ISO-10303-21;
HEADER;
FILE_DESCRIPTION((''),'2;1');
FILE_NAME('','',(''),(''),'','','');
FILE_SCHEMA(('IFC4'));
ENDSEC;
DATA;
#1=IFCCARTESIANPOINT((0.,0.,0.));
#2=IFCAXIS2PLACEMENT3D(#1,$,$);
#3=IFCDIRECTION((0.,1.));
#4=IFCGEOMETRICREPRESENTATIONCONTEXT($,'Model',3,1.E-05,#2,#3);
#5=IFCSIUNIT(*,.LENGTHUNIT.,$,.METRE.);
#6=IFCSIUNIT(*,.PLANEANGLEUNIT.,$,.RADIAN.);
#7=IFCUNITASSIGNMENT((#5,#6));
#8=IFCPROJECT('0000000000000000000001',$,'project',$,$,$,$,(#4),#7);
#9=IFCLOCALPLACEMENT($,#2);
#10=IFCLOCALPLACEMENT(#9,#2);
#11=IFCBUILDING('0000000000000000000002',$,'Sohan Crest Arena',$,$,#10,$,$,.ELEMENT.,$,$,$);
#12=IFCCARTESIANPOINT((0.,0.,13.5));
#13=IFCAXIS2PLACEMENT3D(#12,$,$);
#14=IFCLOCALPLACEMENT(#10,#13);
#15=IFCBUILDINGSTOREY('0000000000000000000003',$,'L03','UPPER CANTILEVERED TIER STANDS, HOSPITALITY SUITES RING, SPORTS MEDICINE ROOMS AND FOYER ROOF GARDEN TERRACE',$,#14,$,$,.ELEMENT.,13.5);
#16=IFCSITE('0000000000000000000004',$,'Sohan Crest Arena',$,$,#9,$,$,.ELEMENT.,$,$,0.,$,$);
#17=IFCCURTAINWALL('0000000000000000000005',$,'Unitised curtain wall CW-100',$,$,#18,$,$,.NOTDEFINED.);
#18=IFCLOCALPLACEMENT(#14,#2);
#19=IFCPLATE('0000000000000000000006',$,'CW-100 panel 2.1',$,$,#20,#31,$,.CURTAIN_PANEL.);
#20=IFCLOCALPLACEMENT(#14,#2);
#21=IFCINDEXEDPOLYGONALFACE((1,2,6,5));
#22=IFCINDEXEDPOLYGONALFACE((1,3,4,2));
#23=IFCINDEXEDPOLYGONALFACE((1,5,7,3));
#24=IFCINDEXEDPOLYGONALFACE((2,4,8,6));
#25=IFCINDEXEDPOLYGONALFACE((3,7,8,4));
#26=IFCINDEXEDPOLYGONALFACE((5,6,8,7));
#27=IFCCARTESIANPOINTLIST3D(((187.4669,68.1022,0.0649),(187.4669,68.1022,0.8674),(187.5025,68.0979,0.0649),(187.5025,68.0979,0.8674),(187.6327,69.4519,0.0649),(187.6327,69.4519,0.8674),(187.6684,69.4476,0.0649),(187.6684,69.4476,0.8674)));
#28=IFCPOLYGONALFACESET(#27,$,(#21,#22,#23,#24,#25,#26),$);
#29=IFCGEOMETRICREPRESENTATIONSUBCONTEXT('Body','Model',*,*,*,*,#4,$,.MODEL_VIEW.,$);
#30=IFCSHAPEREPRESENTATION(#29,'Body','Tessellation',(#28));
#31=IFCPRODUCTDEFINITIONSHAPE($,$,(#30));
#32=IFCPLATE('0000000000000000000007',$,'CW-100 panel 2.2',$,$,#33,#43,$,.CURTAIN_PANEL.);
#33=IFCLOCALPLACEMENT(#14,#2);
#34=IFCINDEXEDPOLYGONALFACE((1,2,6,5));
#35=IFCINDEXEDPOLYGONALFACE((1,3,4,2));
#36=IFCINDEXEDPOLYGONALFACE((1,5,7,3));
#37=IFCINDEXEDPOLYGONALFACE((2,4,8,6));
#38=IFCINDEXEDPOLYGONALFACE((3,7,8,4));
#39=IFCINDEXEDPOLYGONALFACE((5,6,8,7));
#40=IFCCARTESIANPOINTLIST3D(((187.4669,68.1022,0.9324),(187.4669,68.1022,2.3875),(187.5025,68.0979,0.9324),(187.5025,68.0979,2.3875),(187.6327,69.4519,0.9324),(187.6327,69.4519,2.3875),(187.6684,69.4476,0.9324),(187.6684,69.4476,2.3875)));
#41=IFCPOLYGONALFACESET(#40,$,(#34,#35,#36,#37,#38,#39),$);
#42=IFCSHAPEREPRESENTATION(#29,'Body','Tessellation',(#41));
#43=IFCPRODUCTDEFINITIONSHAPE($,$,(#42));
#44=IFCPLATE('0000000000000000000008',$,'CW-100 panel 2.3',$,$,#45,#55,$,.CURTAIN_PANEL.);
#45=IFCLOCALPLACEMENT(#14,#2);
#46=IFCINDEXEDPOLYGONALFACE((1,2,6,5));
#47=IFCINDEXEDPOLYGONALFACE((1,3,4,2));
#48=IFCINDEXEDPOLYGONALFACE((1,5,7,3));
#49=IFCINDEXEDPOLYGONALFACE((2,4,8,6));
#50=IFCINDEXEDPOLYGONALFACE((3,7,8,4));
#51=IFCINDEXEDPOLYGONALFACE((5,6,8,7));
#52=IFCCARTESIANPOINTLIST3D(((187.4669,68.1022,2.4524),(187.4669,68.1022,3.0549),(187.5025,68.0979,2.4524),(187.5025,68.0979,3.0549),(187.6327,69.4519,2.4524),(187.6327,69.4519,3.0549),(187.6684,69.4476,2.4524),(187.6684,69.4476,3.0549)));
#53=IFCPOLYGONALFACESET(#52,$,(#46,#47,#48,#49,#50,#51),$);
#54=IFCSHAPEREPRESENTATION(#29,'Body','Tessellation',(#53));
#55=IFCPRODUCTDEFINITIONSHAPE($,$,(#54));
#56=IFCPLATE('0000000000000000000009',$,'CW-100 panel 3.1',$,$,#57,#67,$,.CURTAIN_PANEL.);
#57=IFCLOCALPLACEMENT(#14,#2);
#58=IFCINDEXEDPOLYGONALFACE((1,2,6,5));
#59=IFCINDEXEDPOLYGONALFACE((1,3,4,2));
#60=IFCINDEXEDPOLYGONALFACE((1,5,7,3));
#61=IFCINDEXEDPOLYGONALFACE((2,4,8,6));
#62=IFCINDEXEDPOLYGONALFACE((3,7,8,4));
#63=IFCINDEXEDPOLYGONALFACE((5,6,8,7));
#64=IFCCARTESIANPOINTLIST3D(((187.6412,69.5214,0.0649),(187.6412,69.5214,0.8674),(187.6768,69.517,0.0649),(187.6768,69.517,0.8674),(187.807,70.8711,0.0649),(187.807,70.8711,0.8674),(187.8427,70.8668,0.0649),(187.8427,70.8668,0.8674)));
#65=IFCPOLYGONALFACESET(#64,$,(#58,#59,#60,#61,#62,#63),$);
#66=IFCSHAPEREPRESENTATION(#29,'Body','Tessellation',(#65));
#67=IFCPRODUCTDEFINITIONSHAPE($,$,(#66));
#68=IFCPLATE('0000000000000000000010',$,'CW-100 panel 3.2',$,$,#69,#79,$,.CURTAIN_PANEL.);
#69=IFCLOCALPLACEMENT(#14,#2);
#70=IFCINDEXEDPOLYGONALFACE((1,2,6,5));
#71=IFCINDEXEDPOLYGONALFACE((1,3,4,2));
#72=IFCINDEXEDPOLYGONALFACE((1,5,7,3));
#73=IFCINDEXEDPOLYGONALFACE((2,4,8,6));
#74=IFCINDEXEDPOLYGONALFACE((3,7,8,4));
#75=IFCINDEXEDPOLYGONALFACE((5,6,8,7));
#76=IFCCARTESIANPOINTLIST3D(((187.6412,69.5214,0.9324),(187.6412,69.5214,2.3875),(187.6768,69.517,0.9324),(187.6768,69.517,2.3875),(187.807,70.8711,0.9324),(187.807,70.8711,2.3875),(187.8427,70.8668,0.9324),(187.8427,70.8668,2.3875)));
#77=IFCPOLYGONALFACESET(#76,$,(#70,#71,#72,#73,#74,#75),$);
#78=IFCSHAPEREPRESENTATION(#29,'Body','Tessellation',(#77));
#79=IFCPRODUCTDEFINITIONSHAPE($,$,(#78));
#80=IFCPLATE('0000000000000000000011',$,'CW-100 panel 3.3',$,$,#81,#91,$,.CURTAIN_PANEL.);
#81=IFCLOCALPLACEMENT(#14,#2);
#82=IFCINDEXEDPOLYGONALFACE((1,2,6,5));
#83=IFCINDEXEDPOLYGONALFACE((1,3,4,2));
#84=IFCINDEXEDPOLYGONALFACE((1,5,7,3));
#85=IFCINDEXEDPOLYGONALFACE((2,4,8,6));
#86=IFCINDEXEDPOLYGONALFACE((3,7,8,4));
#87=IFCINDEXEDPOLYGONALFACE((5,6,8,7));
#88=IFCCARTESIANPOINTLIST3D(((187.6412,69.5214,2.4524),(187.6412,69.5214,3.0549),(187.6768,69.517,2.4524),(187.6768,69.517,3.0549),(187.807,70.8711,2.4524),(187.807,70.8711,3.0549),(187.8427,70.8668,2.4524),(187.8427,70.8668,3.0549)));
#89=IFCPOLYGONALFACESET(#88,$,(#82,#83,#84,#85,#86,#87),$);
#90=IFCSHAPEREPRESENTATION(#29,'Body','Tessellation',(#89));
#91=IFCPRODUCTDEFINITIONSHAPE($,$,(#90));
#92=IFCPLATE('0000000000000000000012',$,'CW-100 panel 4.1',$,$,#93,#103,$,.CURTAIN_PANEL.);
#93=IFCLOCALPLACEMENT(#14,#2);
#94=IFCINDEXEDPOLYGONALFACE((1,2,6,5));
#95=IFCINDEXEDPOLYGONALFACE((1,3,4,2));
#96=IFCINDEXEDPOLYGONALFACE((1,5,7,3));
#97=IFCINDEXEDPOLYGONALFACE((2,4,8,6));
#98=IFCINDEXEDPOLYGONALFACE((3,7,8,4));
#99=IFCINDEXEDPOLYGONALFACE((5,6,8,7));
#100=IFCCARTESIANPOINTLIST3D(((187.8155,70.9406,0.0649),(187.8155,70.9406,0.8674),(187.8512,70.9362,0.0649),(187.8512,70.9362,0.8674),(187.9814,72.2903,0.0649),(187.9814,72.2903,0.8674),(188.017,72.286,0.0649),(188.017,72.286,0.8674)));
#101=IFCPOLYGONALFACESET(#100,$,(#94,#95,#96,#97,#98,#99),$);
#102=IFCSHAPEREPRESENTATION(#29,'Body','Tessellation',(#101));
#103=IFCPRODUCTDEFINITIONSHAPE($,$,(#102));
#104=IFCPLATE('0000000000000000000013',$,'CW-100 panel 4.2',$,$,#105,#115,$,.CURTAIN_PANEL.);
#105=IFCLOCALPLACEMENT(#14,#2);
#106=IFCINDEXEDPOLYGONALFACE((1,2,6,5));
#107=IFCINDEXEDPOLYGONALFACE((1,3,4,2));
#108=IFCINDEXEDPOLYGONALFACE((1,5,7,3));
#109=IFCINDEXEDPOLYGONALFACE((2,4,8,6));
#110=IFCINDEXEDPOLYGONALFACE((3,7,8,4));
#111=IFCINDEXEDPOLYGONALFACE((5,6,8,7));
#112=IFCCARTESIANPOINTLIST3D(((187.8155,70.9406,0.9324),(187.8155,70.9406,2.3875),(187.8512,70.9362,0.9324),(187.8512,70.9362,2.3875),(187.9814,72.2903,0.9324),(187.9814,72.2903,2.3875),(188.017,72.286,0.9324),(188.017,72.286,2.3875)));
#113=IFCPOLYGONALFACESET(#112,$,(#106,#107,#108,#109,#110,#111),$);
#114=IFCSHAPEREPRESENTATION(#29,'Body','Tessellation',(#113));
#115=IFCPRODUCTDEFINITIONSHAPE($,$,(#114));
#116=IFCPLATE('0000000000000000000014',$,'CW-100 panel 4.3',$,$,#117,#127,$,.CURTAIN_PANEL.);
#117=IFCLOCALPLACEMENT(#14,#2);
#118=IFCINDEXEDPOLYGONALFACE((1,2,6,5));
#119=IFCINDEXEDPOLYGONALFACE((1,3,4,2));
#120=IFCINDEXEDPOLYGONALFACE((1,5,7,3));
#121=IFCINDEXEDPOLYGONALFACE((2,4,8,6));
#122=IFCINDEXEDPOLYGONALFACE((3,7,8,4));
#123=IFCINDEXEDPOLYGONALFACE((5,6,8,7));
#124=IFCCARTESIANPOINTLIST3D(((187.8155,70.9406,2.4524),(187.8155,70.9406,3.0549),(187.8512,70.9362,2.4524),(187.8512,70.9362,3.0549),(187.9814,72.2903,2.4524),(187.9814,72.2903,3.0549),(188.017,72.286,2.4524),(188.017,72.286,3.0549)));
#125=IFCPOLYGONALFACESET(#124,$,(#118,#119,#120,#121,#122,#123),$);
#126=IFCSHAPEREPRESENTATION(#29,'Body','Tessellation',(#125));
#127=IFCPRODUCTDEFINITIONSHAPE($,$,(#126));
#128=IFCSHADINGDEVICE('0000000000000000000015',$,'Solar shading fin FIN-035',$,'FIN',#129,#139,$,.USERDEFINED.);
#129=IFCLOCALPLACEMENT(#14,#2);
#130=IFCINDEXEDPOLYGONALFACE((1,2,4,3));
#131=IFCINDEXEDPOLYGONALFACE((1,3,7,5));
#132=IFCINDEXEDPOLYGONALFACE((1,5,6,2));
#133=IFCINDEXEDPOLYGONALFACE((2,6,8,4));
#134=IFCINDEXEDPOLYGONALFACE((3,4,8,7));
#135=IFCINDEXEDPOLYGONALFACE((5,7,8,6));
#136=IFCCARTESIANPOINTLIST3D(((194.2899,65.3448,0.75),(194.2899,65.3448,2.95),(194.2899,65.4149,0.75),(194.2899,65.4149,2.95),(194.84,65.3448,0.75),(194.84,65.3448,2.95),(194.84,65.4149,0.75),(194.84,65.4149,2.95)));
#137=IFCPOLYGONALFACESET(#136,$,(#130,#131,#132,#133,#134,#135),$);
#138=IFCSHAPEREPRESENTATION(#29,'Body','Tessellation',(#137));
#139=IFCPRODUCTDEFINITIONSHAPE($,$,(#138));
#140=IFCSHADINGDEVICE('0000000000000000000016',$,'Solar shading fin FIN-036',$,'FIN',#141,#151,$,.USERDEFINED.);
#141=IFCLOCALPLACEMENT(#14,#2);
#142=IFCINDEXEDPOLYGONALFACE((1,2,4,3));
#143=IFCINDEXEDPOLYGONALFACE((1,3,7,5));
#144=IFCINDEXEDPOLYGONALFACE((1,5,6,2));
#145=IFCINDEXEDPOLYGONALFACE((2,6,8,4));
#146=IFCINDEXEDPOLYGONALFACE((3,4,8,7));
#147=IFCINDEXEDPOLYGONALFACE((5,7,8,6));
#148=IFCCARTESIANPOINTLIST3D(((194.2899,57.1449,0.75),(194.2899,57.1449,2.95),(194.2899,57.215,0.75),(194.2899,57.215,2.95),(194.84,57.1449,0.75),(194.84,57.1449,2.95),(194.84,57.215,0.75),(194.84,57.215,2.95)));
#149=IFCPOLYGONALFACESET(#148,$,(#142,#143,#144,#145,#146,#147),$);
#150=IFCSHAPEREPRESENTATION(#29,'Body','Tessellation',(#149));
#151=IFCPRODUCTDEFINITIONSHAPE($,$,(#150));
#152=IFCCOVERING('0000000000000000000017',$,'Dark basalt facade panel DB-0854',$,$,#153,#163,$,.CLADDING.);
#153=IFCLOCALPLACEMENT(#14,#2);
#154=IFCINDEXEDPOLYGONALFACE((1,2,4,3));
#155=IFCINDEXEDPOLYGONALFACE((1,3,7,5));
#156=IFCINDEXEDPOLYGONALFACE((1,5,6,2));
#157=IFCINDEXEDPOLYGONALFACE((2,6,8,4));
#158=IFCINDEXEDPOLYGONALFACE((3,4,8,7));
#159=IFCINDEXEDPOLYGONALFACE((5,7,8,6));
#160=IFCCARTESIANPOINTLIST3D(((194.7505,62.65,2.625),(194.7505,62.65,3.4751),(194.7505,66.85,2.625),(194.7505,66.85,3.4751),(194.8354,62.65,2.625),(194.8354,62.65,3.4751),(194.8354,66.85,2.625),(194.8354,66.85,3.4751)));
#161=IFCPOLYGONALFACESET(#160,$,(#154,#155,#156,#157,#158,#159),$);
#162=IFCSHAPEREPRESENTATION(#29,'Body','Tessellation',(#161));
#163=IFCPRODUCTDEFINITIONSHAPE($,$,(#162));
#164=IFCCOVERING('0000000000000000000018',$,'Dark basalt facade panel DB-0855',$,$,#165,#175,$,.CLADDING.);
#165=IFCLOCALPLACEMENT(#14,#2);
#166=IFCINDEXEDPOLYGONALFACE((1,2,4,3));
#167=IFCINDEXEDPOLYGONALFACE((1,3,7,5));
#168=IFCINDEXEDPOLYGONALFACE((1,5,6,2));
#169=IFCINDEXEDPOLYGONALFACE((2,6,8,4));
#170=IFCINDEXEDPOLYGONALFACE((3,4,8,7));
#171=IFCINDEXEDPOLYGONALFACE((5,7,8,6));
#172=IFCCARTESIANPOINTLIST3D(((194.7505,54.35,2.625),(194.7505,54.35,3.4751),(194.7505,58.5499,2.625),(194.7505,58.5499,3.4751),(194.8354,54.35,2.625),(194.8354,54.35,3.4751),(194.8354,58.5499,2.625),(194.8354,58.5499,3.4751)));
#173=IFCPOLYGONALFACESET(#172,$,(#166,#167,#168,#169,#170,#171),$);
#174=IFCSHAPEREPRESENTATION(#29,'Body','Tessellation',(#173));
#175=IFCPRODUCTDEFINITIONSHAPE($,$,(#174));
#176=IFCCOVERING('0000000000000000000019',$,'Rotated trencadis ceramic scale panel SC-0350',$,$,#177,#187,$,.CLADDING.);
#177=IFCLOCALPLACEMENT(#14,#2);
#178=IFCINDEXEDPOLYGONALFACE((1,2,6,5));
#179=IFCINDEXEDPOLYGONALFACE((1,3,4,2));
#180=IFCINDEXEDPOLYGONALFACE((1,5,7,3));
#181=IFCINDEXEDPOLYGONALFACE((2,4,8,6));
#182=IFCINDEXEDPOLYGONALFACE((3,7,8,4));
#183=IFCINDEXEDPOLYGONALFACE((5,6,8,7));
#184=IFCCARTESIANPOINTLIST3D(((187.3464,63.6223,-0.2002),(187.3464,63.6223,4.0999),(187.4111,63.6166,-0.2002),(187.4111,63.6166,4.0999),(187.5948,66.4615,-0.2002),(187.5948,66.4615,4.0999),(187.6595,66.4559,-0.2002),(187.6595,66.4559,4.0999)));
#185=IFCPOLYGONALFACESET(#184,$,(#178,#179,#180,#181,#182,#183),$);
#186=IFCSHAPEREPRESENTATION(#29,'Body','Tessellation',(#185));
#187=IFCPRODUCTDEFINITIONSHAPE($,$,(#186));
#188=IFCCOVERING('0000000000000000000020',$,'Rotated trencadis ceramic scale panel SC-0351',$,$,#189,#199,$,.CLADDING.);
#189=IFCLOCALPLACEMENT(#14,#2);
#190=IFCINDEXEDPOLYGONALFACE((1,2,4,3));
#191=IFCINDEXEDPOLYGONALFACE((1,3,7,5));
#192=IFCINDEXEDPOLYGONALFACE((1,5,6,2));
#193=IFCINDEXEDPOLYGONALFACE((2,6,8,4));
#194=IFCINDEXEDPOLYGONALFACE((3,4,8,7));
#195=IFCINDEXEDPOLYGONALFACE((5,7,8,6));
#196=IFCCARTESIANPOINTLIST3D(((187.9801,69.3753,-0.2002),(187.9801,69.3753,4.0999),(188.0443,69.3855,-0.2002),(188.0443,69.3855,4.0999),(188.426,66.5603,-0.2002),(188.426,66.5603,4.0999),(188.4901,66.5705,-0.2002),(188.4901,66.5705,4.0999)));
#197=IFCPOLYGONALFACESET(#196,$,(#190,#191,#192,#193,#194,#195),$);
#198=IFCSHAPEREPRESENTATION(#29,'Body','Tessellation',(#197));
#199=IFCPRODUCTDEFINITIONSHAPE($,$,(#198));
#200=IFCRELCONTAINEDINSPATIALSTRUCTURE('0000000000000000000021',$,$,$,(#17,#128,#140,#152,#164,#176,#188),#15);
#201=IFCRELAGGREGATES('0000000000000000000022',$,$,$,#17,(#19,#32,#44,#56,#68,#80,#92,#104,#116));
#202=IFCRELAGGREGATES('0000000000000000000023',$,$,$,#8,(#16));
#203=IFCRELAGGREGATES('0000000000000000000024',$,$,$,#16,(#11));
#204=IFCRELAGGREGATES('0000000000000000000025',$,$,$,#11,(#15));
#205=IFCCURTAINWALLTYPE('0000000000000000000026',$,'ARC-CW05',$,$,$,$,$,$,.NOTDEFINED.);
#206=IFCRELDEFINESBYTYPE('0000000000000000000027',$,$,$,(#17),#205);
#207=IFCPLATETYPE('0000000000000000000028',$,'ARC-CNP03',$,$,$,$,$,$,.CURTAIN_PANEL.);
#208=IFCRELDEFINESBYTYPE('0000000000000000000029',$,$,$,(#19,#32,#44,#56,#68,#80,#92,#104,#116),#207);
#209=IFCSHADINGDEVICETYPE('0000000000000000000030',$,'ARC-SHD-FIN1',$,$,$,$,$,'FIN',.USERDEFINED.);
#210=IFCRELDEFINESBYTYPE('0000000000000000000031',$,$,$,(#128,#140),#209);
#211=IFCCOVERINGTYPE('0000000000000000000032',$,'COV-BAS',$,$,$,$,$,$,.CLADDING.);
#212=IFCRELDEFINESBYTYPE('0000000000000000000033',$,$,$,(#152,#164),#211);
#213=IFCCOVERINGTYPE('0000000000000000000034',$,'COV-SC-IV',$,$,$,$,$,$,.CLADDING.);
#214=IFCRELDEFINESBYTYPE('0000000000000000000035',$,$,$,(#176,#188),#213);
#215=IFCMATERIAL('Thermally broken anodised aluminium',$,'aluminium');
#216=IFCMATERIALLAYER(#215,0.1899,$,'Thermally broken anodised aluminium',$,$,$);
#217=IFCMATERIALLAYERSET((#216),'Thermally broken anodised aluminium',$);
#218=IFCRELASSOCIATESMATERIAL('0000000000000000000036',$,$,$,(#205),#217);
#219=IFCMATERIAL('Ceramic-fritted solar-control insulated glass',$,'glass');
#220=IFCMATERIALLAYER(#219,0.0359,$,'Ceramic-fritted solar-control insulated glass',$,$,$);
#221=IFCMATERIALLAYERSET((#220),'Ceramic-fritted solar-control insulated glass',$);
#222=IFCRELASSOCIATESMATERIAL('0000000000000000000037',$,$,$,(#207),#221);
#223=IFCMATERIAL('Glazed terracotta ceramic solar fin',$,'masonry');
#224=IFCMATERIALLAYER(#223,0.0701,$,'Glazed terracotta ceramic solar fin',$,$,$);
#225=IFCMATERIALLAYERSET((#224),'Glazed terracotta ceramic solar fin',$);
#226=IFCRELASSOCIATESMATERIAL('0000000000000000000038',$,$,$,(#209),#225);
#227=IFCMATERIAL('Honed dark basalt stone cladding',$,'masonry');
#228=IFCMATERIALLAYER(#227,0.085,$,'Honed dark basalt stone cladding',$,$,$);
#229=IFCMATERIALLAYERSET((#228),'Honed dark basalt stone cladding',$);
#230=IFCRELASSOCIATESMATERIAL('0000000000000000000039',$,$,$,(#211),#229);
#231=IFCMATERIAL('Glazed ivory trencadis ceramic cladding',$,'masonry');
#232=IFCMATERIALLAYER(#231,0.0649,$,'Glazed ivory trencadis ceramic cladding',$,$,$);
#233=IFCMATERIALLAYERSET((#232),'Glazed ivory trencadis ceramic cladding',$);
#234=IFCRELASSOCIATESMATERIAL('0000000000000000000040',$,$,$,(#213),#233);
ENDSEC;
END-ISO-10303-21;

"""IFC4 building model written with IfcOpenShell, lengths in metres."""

from ifc_helpers import new_model, si_unit, direction, frame, origin, origin_2d, place, context, subcontext, project, spatial, rectangle, extrude, material, layer, layer_set, type_object, element, aggregate, save


model = new_model("IFC4")

# Units and contexts
model_context = context("Model", 3, precision=1e-05, world=origin(), true_north=direction((0.0, 1.0)))
body_context = subcontext(model_context, "Body", "Model", "MODEL_VIEW")
ifc_project = project(units=[si_unit("LENGTHUNIT", "METRE"), si_unit("PLANEANGLEUNIT", "RADIAN")], contexts=[model_context])

# Site, building, storey
site_placement = place(None, origin())
site = spatial("IfcSite", under=ifc_project, at=site_placement, Name="Sohan Crest Arena", CompositionType="ELEMENT", RefElevation=0.0)
building_placement = place(site_placement, origin())
building = spatial("IfcBuilding", under=site, at=building_placement, Name="Sohan Crest Arena", CompositionType="ELEMENT")
storey_placement = place(building_placement, frame((0.0, 0.0, 13.5)))
storey = spatial("IfcBuildingStorey", under=building, at=storey_placement, Name="L03", Description="UPPER CANTILEVERED TIER STANDS, HOSPITALITY SUITES RING, SPORTS MEDICINE ROOMS AND FOYER ROOF GARDEN TERRACE", CompositionType="ELEMENT", Elevation=13.5)

# Curtain wall, plates
ifc_material_1 = material(Name="Thermally broken anodised aluminium", Category="aluminium")
ifc_layer_1 = layer(ifc_material_1, 0.1899, Name="Thermally broken anodised aluminium")
ifc_layer_set_1 = layer_set([ifc_layer_1], Name="Thermally broken anodised aluminium")
curtain_wall_type = type_object("IfcCurtainWallType", Name="ARC-CW05", PredefinedType="NOTDEFINED", material=ifc_layer_set_1)
curtain_wall_placement = place(storey_placement, origin())
curtain_wall = element("IfcCurtainWall", 1, at=curtain_wall_placement, inside=storey, type_object=curtain_wall_type, Name="Unitised curtain wall CW-100", PredefinedType="NOTDEFINED")
ifc_material_2 = material(Name="Ceramic-fritted solar-control insulated glass", Category="glass")
ifc_layer_2 = layer(ifc_material_2, 0.0359, Name="Ceramic-fritted solar-control insulated glass")
ifc_layer_set_2 = layer_set([ifc_layer_2], Name="Ceramic-fritted solar-control insulated glass")
plate_type = type_object("IfcPlateType", Name="ARC-CNP03", PredefinedType="CURTAIN_PANEL", material=ifc_layer_set_2)
plate_1_placement = place(storey_placement, frame((187.5676, 68.7749, 0.0649), z_axis=(0.0, 0.0, 1.0), x_axis=(0.121947, 0.992537, 0.0)))
plate_1 = element("IfcPlate", 2, at=plate_1_placement, type_object=plate_type, Name="CW-100 panel 2.1", PredefinedType="CURTAIN_PANEL", context=body_context, shape_type="SweptSolid", body=[
    extrude(rectangle(XDim=1.3599, YDim=0.0359, at=origin_2d()), origin(), (0.0, 0.0, 1.0), 0.8025),
])
plate_2_placement = place(storey_placement, frame((187.5676, 68.7749, 0.9324), z_axis=(0.0, 0.0, 1.0), x_axis=(0.121947, 0.992537, 0.0)))
plate_2 = element("IfcPlate", 3, at=plate_2_placement, type_object=plate_type, Name="CW-100 panel 2.2", PredefinedType="CURTAIN_PANEL", context=body_context, shape_type="SweptSolid", body=[
    extrude(rectangle(XDim=1.3599, YDim=0.0359, at=origin_2d()), origin(), (0.0, 0.0, 1.0), 1.4551),
])
plate_3_placement = place(storey_placement, frame((187.5676, 68.7749, 2.4524), z_axis=(0.0, 0.0, 1.0), x_axis=(0.121947, 0.992537, 0.0)))
plate_3 = element("IfcPlate", 4, at=plate_3_placement, type_object=plate_type, Name="CW-100 panel 2.3", PredefinedType="CURTAIN_PANEL", context=body_context, shape_type="SweptSolid", body=[
    extrude(rectangle(XDim=1.3599, YDim=0.0359, at=origin_2d()), origin(), (0.0, 0.0, 1.0), 0.6025),
])
plate_4_placement = place(storey_placement, frame((187.7419, 70.1941, 0.0649), z_axis=(0.0, 0.0, 1.0), x_axis=(0.121947, 0.992537, 0.0)))
plate_4 = element("IfcPlate", 5, at=plate_4_placement, type_object=plate_type, Name="CW-100 panel 3.1", PredefinedType="CURTAIN_PANEL", context=body_context, shape_type="SweptSolid", body=[
    extrude(rectangle(XDim=1.3599, YDim=0.0359, at=origin_2d()), origin(), (0.0, 0.0, 1.0), 0.8025),
])
plate_5_placement = place(storey_placement, frame((187.7419, 70.1941, 0.9324), z_axis=(0.0, 0.0, 1.0), x_axis=(0.121947, 0.992537, 0.0)))
plate_5 = element("IfcPlate", 6, at=plate_5_placement, type_object=plate_type, Name="CW-100 panel 3.2", PredefinedType="CURTAIN_PANEL", context=body_context, shape_type="SweptSolid", body=[
    extrude(rectangle(XDim=1.3599, YDim=0.0359, at=origin_2d()), origin(), (0.0, 0.0, 1.0), 1.4551),
])
plate_6_placement = place(storey_placement, frame((187.7419, 70.1941, 2.4524), z_axis=(0.0, 0.0, 1.0), x_axis=(0.121947, 0.992537, 0.0)))
plate_6 = element("IfcPlate", 7, at=plate_6_placement, type_object=plate_type, Name="CW-100 panel 3.3", PredefinedType="CURTAIN_PANEL", context=body_context, shape_type="SweptSolid", body=[
    extrude(rectangle(XDim=1.3599, YDim=0.0359, at=origin_2d()), origin(), (0.0, 0.0, 1.0), 0.6025),
])
plate_7_placement = place(storey_placement, frame((187.9163, 71.6133, 0.0649), z_axis=(0.0, 0.0, 1.0), x_axis=(0.121947, 0.992537, 0.0)))
plate_7 = element("IfcPlate", 8, at=plate_7_placement, type_object=plate_type, Name="CW-100 panel 4.1", PredefinedType="CURTAIN_PANEL", context=body_context, shape_type="SweptSolid", body=[
    extrude(rectangle(XDim=1.3599, YDim=0.0359, at=origin_2d()), origin(), (0.0, 0.0, 1.0), 0.8025),
])
plate_8_placement = place(storey_placement, frame((187.9163, 71.6133, 0.9324), z_axis=(0.0, 0.0, 1.0), x_axis=(0.121947, 0.992537, 0.0)))
plate_8 = element("IfcPlate", 9, at=plate_8_placement, type_object=plate_type, Name="CW-100 panel 4.2", PredefinedType="CURTAIN_PANEL", context=body_context, shape_type="SweptSolid", body=[
    extrude(rectangle(XDim=1.3599, YDim=0.0359, at=origin_2d()), origin(), (0.0, 0.0, 1.0), 1.4551),
])
plate_9_placement = place(storey_placement, frame((187.9163, 71.6133, 2.4524), z_axis=(0.0, 0.0, 1.0), x_axis=(0.121947, 0.992537, 0.0)))
plate_9 = element("IfcPlate", 10, at=plate_9_placement, type_object=plate_type, Name="CW-100 panel 4.3", PredefinedType="CURTAIN_PANEL", context=body_context, shape_type="SweptSolid", body=[
    extrude(rectangle(XDim=1.3599, YDim=0.0359, at=origin_2d()), origin(), (0.0, 0.0, 1.0), 0.6025),
])
aggregate(curtain_wall, [plate_1, plate_2, plate_3, plate_4, plate_5, plate_6, plate_7, plate_8, plate_9])

# Shading devices
ifc_material_3 = material(Name="Glazed terracotta ceramic solar fin", Category="masonry")
ifc_layer_3 = layer(ifc_material_3, 0.0701, Name="Glazed terracotta ceramic solar fin")
ifc_layer_set_3 = layer_set([ifc_layer_3], Name="Glazed terracotta ceramic solar fin")
shading_device_type = type_object("IfcShadingDeviceType", Name="ARC-SHD-FIN1", ElementType="FIN", PredefinedType="USERDEFINED", material=ifc_layer_set_3)
for number, where, z_axis, x_axis, name in (
    (11, (194.5649, 65.3799, 0.75), (0.0, 0.0, 1.0), (0.0, -1.0, 0.0), "Solar shading fin FIN-035"),
    (12, (194.5649, 57.1799, 0.75), (0.0, 0.0, 1.0), (0.0, -1.0, 0.0), "Solar shading fin FIN-036"),
):
    element("IfcShadingDevice", number, at=place(storey_placement, frame(where, z_axis=z_axis, x_axis=x_axis)), inside=storey, type_object=shading_device_type, Name=name, ObjectType="FIN", PredefinedType="USERDEFINED", context=body_context, shape_type="SweptSolid", body=[
        extrude(rectangle(XDim=0.0701, YDim=0.55, at=origin_2d()), origin(), (0.0, 0.0, 1.0), 2.2),
    ])

# Coverings
ifc_material_4 = material(Name="Honed dark basalt stone cladding", Category="masonry")
ifc_layer_4 = layer(ifc_material_4, 0.085, Name="Honed dark basalt stone cladding")
ifc_layer_set_4 = layer_set([ifc_layer_4], Name="Honed dark basalt stone cladding")
covering_type_1 = type_object("IfcCoveringType", Name="COV-BAS", PredefinedType="CLADDING", material=ifc_layer_set_4)
for number, where, z_axis, x_axis, name in (
    (13, (194.793, 64.75, 2.625), (0.0, 0.0, 1.0), (0.0, -1.0, 0.0), "Dark basalt facade panel DB-0854"),
    (14, (194.793, 56.45, 2.625), (0.0, 0.0, 1.0), (0.0, -1.0, 0.0), "Dark basalt facade panel DB-0855"),
):
    element("IfcCovering", number, at=place(storey_placement, frame(where, z_axis=z_axis, x_axis=x_axis)), inside=storey, type_object=covering_type_1, Name=name, PredefinedType="CLADDING", context=body_context, shape_type="SweptSolid", body=[
        extrude(rectangle(XDim=4.2, YDim=0.085, at=origin_2d()), origin(), (0.0, 0.0, 1.0), 0.8501),
    ])
ifc_material_5 = material(Name="Glazed ivory trencadis ceramic cladding", Category="masonry")
ifc_layer_5 = layer(ifc_material_5, 0.0649, Name="Glazed ivory trencadis ceramic cladding")
ifc_layer_set_5 = layer_set([ifc_layer_5], Name="Glazed ivory trencadis ceramic cladding")
covering_type_2 = type_object("IfcCoveringType", Name="COV-SC-IV", PredefinedType="CLADDING", material=ifc_layer_set_5)
for number, where, z_axis, x_axis, name in (
    (15, (187.5029, 65.0391, -0.2002), (0.0, 0.0, 1.0), (0.087156, 0.996195, 0.0), "Rotated trencadis ceramic scale panel SC-0350"),
    (16, (188.2351, 67.9729, -0.2002), (0.0, 0.0, 1.0), (-0.156434, 0.987688, 0.0), "Rotated trencadis ceramic scale panel SC-0351"),
):
    element("IfcCovering", number, at=place(storey_placement, frame(where, z_axis=z_axis, x_axis=x_axis)), inside=storey, type_object=covering_type_2, Name=name, PredefinedType="CLADDING", context=body_context, shape_type="SweptSolid", body=[
        extrude(rectangle(XDim=2.8501, YDim=0.0649, at=origin_2d()), origin(), (0.0, 0.0, 1.0), 4.3),
    ])

save(model, "model.ifc")
